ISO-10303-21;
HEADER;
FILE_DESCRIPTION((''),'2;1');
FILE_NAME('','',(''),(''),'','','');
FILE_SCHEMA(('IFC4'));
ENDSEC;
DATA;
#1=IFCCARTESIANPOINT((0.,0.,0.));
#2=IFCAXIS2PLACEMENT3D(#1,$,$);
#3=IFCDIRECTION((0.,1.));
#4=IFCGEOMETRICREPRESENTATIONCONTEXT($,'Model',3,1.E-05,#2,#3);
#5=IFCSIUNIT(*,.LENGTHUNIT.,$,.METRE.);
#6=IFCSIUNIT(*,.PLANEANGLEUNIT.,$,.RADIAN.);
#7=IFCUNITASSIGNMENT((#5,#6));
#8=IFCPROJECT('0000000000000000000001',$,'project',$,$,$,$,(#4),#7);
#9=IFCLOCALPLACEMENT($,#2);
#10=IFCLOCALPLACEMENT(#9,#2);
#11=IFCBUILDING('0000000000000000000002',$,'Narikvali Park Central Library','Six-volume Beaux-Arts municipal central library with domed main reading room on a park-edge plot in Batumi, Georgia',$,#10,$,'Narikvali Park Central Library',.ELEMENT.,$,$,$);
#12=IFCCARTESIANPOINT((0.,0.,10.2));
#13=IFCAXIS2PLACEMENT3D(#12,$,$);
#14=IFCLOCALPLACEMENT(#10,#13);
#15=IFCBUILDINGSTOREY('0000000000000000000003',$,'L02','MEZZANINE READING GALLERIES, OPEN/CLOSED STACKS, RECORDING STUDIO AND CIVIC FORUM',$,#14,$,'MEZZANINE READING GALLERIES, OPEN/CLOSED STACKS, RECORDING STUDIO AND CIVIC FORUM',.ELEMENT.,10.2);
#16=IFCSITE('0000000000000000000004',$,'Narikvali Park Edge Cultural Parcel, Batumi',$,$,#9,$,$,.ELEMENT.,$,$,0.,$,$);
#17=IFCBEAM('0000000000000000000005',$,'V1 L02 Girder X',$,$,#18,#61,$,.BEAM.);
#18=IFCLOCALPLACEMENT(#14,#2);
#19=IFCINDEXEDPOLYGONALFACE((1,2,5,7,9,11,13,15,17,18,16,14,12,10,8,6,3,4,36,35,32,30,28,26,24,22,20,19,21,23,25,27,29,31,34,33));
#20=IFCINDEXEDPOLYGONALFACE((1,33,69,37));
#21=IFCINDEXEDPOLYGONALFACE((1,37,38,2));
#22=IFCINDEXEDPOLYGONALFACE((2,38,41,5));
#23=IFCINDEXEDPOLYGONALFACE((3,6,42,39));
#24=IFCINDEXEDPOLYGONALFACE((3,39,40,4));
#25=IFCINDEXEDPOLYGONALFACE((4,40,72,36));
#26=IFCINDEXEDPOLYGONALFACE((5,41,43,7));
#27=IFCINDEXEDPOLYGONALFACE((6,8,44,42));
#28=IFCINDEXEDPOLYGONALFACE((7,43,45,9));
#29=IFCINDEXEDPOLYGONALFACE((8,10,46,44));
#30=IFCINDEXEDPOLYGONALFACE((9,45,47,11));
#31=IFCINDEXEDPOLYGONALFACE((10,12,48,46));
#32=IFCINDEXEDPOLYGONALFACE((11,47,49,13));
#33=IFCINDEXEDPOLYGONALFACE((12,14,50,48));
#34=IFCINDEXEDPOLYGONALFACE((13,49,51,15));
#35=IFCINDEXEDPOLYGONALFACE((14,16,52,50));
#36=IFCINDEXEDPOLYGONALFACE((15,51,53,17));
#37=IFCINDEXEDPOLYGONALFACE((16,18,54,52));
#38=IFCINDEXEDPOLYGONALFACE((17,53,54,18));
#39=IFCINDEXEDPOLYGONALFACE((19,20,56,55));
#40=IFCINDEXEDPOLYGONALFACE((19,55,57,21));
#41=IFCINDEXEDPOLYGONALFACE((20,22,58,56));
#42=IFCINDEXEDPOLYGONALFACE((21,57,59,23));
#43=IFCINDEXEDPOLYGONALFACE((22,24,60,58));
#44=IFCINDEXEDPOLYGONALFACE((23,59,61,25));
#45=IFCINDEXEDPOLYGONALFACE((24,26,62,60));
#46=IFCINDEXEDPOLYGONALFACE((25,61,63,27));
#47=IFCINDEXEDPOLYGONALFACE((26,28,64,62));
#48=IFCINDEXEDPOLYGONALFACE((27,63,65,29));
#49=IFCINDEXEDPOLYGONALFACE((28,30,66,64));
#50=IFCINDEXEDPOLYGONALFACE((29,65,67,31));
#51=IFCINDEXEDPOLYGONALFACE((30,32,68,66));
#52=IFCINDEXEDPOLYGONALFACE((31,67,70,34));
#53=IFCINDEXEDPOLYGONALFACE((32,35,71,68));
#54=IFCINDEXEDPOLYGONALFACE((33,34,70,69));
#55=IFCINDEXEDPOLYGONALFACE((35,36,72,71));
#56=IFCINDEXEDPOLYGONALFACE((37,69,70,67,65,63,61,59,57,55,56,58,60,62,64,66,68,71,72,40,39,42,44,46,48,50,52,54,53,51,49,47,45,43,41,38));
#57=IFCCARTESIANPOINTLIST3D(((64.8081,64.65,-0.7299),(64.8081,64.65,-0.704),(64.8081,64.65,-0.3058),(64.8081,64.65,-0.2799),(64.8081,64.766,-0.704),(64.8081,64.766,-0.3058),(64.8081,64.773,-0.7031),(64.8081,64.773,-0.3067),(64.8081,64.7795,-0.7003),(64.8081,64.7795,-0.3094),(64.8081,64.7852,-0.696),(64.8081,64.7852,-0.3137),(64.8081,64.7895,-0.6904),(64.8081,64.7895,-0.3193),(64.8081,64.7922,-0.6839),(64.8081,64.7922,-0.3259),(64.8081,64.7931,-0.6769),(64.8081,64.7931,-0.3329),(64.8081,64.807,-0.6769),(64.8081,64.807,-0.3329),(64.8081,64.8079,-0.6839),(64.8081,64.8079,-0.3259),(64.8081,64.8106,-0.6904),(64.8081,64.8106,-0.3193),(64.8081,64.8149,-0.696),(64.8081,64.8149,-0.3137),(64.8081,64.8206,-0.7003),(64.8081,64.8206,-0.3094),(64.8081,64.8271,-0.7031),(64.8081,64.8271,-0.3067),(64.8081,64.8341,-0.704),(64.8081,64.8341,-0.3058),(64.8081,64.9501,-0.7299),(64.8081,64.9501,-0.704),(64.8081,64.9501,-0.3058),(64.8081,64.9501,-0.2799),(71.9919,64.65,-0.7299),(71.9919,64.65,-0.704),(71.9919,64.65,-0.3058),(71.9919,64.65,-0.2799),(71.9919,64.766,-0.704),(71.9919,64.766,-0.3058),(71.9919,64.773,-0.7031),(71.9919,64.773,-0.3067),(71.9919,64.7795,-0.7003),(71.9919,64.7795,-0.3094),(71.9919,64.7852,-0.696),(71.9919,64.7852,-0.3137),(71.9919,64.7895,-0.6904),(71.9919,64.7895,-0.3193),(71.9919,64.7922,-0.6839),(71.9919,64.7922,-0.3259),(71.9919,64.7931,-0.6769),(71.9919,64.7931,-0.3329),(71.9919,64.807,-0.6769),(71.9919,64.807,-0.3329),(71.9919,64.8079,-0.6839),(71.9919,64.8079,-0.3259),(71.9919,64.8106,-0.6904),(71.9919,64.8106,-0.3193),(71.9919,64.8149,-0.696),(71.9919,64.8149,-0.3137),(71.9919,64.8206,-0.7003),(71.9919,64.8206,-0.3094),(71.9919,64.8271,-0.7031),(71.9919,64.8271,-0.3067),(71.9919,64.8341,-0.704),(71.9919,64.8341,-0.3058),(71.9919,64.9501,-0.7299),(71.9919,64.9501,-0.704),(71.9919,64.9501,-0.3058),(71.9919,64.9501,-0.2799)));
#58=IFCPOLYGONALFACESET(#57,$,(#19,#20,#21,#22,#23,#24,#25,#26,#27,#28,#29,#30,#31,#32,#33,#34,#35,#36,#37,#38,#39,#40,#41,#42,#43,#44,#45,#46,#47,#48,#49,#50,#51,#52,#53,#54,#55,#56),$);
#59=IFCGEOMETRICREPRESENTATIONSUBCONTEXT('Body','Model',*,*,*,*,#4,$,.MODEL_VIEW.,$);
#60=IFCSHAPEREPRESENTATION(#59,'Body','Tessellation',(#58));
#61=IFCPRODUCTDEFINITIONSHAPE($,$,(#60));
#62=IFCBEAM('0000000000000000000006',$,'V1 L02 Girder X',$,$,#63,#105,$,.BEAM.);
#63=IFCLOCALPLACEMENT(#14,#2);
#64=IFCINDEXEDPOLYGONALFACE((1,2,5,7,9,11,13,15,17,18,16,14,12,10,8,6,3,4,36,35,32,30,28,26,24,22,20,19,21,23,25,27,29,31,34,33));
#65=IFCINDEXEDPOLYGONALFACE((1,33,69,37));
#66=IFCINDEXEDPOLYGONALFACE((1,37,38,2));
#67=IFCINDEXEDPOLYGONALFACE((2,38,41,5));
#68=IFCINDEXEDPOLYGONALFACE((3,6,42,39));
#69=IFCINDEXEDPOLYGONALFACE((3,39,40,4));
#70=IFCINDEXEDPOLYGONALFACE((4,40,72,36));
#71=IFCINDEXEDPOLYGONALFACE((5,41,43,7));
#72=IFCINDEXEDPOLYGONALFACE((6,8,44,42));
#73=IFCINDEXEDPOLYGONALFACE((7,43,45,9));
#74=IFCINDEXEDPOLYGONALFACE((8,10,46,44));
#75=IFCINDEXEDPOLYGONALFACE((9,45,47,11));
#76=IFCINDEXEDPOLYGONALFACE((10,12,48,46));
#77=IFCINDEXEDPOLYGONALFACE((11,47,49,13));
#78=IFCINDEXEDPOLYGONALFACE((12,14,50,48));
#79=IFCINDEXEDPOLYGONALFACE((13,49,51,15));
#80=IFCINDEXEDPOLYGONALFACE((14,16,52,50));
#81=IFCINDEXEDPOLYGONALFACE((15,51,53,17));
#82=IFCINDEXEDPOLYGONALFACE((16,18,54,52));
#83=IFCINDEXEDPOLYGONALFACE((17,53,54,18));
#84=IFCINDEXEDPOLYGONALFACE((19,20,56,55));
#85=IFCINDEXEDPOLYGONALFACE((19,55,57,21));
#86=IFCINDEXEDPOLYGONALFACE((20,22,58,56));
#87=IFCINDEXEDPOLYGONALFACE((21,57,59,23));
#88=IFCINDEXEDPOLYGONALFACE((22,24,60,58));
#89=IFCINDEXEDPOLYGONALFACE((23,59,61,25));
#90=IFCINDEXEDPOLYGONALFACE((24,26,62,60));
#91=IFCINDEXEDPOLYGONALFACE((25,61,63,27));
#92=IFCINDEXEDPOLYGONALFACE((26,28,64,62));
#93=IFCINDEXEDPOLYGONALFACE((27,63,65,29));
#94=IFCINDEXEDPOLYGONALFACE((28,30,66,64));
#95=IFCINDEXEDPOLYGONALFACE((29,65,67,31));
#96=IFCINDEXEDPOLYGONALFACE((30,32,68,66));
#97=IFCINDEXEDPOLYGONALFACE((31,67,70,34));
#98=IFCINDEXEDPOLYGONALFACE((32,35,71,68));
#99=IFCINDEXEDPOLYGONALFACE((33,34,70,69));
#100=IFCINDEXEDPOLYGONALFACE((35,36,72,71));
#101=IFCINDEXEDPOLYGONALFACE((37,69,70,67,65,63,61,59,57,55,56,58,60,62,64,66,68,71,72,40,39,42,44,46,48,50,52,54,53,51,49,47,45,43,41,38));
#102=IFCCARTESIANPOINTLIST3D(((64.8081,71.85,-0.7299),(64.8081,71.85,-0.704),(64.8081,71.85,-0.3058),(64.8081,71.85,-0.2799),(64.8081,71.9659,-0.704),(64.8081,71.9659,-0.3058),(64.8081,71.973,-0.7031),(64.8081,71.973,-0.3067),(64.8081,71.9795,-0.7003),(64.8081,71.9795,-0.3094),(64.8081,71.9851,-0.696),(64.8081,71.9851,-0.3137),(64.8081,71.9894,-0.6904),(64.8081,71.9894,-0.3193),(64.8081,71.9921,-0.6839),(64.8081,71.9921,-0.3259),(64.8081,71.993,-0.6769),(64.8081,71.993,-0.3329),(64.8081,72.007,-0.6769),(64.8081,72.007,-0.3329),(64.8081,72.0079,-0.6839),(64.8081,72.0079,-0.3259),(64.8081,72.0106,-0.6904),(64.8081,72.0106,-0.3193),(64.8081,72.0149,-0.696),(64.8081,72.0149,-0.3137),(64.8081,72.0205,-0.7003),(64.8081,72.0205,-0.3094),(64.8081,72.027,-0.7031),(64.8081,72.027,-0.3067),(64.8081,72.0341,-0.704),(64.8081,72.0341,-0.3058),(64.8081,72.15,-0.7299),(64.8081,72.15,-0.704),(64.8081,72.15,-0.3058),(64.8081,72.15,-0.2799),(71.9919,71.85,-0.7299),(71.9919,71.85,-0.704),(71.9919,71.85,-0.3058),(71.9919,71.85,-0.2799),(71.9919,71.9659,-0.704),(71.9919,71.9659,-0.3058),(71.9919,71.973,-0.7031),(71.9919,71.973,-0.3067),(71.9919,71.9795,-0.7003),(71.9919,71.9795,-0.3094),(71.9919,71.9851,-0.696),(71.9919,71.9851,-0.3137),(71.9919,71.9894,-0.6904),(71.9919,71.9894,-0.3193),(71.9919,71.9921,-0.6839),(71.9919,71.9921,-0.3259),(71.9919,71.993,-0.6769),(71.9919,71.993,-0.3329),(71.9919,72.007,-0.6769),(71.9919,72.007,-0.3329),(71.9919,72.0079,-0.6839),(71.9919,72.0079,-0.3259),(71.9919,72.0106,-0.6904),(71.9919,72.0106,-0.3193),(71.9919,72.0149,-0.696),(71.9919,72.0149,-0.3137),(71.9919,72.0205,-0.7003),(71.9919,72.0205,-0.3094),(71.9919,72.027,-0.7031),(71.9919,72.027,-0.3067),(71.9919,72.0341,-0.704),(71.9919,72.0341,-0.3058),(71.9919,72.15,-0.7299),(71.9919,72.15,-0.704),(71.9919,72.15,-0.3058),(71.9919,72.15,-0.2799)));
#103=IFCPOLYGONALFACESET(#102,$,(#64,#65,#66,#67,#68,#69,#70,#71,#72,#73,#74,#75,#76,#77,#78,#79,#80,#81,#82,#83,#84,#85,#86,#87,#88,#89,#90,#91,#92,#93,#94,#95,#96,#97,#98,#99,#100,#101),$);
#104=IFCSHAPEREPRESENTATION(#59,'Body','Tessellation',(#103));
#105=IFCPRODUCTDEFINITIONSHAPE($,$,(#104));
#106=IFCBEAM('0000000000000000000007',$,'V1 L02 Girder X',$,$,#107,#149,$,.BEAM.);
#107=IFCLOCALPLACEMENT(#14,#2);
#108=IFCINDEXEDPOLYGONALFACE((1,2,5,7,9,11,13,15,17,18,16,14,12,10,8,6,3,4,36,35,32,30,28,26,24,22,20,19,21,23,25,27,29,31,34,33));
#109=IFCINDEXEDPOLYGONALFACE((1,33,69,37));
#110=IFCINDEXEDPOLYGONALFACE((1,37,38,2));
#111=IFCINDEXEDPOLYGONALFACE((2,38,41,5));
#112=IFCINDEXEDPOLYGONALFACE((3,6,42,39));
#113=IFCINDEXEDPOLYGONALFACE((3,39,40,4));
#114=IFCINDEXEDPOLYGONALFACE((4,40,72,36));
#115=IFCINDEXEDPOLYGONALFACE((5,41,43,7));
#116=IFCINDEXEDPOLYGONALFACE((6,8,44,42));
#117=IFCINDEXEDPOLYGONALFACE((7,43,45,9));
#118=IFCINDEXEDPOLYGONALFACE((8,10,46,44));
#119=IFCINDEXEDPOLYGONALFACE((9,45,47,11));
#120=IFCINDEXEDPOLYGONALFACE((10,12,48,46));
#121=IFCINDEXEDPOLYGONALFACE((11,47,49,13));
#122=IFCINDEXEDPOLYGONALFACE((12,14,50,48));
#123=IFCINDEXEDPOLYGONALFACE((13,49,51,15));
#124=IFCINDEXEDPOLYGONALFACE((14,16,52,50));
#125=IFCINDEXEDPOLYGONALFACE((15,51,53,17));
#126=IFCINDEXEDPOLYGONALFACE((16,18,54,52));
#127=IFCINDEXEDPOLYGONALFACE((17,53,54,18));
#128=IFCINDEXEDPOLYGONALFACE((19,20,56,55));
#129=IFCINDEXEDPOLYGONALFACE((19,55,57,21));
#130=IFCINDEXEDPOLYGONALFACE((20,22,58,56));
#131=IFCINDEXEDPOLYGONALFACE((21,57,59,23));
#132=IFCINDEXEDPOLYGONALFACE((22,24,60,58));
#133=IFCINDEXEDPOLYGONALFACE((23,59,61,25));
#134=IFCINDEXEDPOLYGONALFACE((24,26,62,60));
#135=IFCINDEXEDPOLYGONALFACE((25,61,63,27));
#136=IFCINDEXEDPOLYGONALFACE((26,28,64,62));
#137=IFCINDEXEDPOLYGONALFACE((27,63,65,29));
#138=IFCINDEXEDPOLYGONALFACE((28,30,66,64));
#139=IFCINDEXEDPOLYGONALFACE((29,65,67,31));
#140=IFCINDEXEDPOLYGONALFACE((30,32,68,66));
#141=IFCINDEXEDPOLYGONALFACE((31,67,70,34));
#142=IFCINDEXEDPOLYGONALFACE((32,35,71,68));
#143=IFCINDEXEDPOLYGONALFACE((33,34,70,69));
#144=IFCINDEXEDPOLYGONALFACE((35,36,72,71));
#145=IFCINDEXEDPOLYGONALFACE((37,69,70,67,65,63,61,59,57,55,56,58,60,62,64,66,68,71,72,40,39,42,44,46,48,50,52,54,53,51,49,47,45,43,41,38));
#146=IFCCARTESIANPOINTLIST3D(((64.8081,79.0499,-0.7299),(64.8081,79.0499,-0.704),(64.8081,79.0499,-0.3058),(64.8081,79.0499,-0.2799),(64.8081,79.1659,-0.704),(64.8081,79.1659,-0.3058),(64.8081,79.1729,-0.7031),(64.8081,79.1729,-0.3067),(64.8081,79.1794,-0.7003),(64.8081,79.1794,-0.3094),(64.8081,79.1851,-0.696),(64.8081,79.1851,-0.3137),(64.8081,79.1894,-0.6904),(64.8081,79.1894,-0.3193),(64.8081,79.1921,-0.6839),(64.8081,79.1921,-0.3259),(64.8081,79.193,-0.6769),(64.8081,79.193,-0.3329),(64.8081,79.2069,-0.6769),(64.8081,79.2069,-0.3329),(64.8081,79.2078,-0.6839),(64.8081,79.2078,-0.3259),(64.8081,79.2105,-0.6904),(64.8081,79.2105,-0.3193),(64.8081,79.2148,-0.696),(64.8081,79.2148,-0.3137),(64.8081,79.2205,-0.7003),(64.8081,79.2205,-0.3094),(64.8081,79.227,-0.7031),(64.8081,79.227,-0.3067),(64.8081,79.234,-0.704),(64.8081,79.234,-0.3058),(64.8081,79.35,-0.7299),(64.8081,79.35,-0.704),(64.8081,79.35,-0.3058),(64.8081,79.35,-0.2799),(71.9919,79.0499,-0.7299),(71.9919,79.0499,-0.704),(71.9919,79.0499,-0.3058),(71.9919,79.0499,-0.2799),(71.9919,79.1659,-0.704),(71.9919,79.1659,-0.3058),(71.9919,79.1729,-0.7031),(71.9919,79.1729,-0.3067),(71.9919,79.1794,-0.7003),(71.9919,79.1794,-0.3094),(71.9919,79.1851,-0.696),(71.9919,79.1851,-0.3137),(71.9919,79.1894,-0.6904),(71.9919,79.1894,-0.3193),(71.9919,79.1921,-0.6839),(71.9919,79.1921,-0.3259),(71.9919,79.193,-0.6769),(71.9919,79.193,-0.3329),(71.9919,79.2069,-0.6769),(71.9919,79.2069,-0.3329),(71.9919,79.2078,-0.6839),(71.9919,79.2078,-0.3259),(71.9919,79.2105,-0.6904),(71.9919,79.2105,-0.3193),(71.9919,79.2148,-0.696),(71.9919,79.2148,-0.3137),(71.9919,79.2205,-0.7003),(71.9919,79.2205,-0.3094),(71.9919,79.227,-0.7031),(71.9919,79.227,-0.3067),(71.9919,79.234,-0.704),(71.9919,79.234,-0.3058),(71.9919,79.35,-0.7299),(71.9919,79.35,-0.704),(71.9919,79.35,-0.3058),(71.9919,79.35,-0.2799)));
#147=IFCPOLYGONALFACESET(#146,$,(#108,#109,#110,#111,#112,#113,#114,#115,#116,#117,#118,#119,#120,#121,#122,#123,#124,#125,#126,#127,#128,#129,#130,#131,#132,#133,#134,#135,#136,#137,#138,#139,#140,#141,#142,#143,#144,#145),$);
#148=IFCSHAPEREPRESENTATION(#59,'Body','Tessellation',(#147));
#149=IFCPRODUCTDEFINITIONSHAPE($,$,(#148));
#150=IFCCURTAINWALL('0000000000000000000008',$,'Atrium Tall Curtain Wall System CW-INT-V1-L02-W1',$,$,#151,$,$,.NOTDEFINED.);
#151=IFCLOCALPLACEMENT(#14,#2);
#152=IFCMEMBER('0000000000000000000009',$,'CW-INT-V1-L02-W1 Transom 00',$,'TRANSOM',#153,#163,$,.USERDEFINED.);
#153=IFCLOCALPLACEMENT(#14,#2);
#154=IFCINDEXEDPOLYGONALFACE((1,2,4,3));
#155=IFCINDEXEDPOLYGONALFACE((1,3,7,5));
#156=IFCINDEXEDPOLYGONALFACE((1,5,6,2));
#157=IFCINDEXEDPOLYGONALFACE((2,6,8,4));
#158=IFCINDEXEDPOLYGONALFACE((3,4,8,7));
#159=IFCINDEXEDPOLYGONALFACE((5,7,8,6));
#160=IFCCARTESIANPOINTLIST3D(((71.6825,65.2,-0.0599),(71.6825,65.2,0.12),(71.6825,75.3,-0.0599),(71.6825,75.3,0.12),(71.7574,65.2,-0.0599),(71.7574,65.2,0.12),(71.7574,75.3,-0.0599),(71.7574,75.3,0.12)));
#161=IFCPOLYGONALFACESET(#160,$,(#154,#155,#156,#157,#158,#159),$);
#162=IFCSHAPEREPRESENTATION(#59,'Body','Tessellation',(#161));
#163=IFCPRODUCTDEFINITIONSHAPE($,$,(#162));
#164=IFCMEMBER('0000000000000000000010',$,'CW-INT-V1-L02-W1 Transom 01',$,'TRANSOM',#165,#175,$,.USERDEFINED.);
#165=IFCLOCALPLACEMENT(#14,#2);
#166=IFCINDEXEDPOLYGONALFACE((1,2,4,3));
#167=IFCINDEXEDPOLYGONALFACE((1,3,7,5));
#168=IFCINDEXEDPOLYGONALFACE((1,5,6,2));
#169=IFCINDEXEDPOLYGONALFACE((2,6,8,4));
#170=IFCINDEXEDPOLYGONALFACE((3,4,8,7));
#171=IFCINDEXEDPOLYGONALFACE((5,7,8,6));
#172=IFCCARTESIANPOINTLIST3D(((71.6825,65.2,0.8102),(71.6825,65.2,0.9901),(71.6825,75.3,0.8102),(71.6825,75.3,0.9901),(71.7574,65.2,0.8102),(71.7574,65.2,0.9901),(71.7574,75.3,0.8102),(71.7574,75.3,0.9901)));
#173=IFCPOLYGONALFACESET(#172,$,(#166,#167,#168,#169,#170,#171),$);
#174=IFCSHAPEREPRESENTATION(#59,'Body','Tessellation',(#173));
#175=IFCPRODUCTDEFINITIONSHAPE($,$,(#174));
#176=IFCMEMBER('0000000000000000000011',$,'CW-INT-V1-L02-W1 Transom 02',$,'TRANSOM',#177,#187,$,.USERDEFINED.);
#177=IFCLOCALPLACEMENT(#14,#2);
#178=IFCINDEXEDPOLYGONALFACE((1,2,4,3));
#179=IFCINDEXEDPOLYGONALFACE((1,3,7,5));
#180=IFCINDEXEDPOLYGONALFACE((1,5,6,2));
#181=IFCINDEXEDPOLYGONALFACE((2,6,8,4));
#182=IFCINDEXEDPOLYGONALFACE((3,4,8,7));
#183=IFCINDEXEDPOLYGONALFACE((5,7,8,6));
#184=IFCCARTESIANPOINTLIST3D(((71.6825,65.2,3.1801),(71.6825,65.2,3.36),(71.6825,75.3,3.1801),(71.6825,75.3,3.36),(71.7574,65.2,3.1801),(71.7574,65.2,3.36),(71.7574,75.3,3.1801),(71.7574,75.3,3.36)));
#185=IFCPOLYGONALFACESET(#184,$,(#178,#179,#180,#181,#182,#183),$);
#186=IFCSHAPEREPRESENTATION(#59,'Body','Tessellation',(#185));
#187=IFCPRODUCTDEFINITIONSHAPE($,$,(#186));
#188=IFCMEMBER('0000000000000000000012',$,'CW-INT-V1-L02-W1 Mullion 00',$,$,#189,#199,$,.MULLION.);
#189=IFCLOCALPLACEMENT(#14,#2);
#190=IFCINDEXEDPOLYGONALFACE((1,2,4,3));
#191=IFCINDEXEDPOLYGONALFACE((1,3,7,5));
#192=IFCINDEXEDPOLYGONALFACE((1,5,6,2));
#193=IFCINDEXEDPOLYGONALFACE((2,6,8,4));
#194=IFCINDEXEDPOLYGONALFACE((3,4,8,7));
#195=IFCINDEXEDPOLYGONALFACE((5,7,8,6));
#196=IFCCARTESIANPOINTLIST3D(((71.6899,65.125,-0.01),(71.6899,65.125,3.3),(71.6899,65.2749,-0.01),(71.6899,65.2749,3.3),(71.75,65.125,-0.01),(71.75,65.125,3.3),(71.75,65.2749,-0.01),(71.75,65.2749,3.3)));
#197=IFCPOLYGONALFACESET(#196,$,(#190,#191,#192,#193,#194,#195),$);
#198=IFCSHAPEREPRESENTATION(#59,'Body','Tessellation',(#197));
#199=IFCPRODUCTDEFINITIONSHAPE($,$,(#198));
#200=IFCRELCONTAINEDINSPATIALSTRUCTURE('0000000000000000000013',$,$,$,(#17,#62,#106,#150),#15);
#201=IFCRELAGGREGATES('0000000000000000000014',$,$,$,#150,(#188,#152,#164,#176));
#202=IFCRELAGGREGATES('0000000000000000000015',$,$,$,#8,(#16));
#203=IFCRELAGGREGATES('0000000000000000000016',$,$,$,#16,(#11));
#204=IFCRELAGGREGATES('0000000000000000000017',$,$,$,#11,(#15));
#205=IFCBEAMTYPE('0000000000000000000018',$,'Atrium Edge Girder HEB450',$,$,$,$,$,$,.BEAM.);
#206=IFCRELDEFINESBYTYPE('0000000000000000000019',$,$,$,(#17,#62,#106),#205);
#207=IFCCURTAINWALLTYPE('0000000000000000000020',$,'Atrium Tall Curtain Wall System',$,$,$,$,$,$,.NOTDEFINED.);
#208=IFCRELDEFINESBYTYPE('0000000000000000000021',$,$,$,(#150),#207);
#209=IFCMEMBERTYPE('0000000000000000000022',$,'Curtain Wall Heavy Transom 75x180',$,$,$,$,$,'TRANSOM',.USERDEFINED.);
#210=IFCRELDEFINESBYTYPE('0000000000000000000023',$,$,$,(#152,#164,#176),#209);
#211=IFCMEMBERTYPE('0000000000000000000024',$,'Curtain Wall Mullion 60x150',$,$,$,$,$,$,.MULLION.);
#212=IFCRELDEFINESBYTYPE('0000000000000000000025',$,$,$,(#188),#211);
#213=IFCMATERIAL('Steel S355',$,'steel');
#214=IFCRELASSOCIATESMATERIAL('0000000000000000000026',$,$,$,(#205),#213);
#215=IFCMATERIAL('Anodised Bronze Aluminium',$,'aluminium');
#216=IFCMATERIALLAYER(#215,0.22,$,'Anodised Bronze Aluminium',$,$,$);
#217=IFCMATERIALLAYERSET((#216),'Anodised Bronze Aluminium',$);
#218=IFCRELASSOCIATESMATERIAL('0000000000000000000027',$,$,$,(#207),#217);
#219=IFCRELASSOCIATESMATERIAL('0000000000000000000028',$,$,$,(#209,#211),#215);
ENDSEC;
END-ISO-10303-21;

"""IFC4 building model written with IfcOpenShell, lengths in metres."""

from ifc_helpers import new_model, si_unit, direction, frame, origin, origin_2d, place, context, subcontext, project, spatial, rectangle, i_section, extrude, material, layer, layer_set, material_profile, profile_set, type_object, element, aggregate, save


model = new_model("IFC4")

# Units and contexts
model_context = context("Model", 3, precision=1e-05, world=origin(), true_north=direction((0.0, 1.0)))
body_context = subcontext(model_context, "Body", "Model", "MODEL_VIEW")
ifc_project = project(units=[si_unit("LENGTHUNIT", "METRE"), si_unit("PLANEANGLEUNIT", "RADIAN")], contexts=[model_context])

# Site, building, storey
site_placement = place(None, origin())
site = spatial("IfcSite", under=ifc_project, at=site_placement, Name="Narikvali Park Edge Cultural Parcel, Batumi", CompositionType="ELEMENT", RefElevation=0.0)
building_placement = place(site_placement, origin())
building = spatial("IfcBuilding", under=site, at=building_placement, Name="Narikvali Park Central Library", Description="Six-volume Beaux-Arts municipal central library with domed main reading room on a park-edge plot in Batumi, Georgia", LongName="Narikvali Park Central Library", CompositionType="ELEMENT")
storey_placement = place(building_placement, frame((0.0, 0.0, 10.2)))
storey = spatial("IfcBuildingStorey", under=building, at=storey_placement, Name="L02", Description="MEZZANINE READING GALLERIES, OPEN/CLOSED STACKS, RECORDING STUDIO AND CIVIC FORUM", LongName="MEZZANINE READING GALLERIES, OPEN/CLOSED STACKS, RECORDING STUDIO AND CIVIC FORUM", CompositionType="ELEMENT", Elevation=10.2)

# Beams
ifc_material_1 = material(Name="Steel S355", Category="steel")
ifc_material_profile_1 = material_profile(ifc_material_1, i_section(OverallWidth=0.3, OverallDepth=0.45, WebThickness=0.0139, FlangeThickness=0.0259, FilletRadius=0.0271, at=origin_2d()), Name="HEB 450")
ifc_profile_set_1 = profile_set([ifc_material_profile_1], Name="Steel S355")
beam_type_1 = type_object("IfcBeamType", Name="Atrium Edge Girder HEB450", PredefinedType="BEAM", material=ifc_profile_set_1)
for number, where, z_axis, x_axis, name in (
    (1, (64.8081, 64.8, -0.5049), (1.0, 0.0, 0.0), (0.0, 1.0, 0.0), "V1 L02 Girder X"),
    (2, (64.8081, 72.0, -0.5049), (1.0, 0.0, 0.0), (0.0, 1.0, 0.0), "V1 L02 Girder X"),
    (3, (64.8081, 79.2, -0.5049), (1.0, 0.0, 0.0), (0.0, 1.0, 0.0), "V1 L02 Girder X"),
):
    element("IfcBeam", number, at=place(storey_placement, frame(where, z_axis=z_axis, x_axis=x_axis)), inside=storey, type_object=beam_type_1, Name=name, PredefinedType="BEAM", context=body_context, shape_type="SweptSolid", body=[
        extrude(i_section(OverallWidth=0.3, OverallDepth=0.45, WebThickness=0.0139, FlangeThickness=0.0259, FilletRadius=0.0271, at=origin_2d()), origin(), (0.0, 0.0, 1.0), 7.1838),
    ])

# Curtain wall, members
ifc_material_2 = material(Name="Anodised Bronze Aluminium", Category="aluminium")
ifc_layer_1 = layer(ifc_material_2, 0.22, Name="Anodised Bronze Aluminium")
ifc_layer_set_1 = layer_set([ifc_layer_1], Name="Anodised Bronze Aluminium")
curtain_wall_type = type_object("IfcCurtainWallType", Name="Atrium Tall Curtain Wall System", PredefinedType="NOTDEFINED", material=ifc_layer_set_1)
curtain_wall_1_placement = place(storey_placement, origin())
curtain_wall_1 = element("IfcCurtainWall", 4, at=curtain_wall_1_placement, inside=storey, type_object=curtain_wall_type, Name="Atrium Tall Curtain Wall System CW-INT-V1-L02-W1", PredefinedType="NOTDEFINED")
ifc_material_profile_2 = material_profile(ifc_material_2, rectangle(XDim=0.075, YDim=0.1799, at=origin_2d()), Name="CW TRANSOM 75x180")
ifc_profile_set_2 = profile_set([ifc_material_profile_2], Name="Anodised Bronze Aluminium")
member_type_1 = type_object("IfcMemberType", Name="Curtain Wall Heavy Transom 75x180", ElementType="TRANSOM", PredefinedType="USERDEFINED", material=ifc_profile_set_2)
member_1_placement = place(storey_placement, frame((71.72, 65.2, 0.03), z_axis=(0.0, 1.0, 0.0), x_axis=(-1.0, 0.0, 0.0)))
member_1 = element("IfcMember", 5, at=member_1_placement, type_object=member_type_1, Name="CW-INT-V1-L02-W1 Transom 00", ObjectType="TRANSOM", PredefinedType="USERDEFINED", context=body_context, shape_type="SweptSolid", body=[
    extrude(rectangle(XDim=0.075, YDim=0.1799, at=origin_2d()), origin(), (0.0, 0.0, 1.0), 10.1001),
])
member_2_placement = place(storey_placement, frame((71.72, 65.2, 0.9001), z_axis=(0.0, 1.0, 0.0), x_axis=(-1.0, 0.0, 0.0)))
member_2 = element("IfcMember", 6, at=member_2_placement, type_object=member_type_1, Name="CW-INT-V1-L02-W1 Transom 01", ObjectType="TRANSOM", PredefinedType="USERDEFINED", context=body_context, shape_type="SweptSolid", body=[
    extrude(rectangle(XDim=0.075, YDim=0.1799, at=origin_2d()), origin(), (0.0, 0.0, 1.0), 10.1001),
])
member_3_placement = place(storey_placement, frame((71.72, 65.2, 3.27), z_axis=(0.0, 1.0, 0.0), x_axis=(-1.0, 0.0, 0.0)))
member_3 = element("IfcMember", 7, at=member_3_placement, type_object=member_type_1, Name="CW-INT-V1-L02-W1 Transom 02", ObjectType="TRANSOM", PredefinedType="USERDEFINED", context=body_context, shape_type="SweptSolid", body=[
    extrude(rectangle(XDim=0.075, YDim=0.1799, at=origin_2d()), origin(), (0.0, 0.0, 1.0), 10.1001),
])
ifc_material_profile_3 = material_profile(ifc_material_2, rectangle(XDim=0.0601, YDim=0.1499, at=origin_2d()), Name="CW MULLION 60x150")
ifc_profile_set_3 = profile_set([ifc_material_profile_3], Name="Anodised Bronze Aluminium")
member_type_2 = type_object("IfcMemberType", Name="Curtain Wall Mullion 60x150", PredefinedType="MULLION", material=ifc_profile_set_3)
member_4_placement = place(storey_placement, frame((71.72, 65.2, -0.01), z_axis=(0.0, 0.0, 1.0), x_axis=(1.0, 0.0, 0.0)))
member_4 = element("IfcMember", 8, at=member_4_placement, type_object=member_type_2, Name="CW-INT-V1-L02-W1 Mullion 00", PredefinedType="MULLION", context=body_context, shape_type="SweptSolid", body=[
    extrude(rectangle(XDim=0.0601, YDim=0.1499, at=origin_2d()), origin(), (0.0, 0.0, 1.0), 3.3101),
])

aggregate(curtain_wall_1, [member_4, member_1, member_2, member_3])

save(model, "model.ifc")
